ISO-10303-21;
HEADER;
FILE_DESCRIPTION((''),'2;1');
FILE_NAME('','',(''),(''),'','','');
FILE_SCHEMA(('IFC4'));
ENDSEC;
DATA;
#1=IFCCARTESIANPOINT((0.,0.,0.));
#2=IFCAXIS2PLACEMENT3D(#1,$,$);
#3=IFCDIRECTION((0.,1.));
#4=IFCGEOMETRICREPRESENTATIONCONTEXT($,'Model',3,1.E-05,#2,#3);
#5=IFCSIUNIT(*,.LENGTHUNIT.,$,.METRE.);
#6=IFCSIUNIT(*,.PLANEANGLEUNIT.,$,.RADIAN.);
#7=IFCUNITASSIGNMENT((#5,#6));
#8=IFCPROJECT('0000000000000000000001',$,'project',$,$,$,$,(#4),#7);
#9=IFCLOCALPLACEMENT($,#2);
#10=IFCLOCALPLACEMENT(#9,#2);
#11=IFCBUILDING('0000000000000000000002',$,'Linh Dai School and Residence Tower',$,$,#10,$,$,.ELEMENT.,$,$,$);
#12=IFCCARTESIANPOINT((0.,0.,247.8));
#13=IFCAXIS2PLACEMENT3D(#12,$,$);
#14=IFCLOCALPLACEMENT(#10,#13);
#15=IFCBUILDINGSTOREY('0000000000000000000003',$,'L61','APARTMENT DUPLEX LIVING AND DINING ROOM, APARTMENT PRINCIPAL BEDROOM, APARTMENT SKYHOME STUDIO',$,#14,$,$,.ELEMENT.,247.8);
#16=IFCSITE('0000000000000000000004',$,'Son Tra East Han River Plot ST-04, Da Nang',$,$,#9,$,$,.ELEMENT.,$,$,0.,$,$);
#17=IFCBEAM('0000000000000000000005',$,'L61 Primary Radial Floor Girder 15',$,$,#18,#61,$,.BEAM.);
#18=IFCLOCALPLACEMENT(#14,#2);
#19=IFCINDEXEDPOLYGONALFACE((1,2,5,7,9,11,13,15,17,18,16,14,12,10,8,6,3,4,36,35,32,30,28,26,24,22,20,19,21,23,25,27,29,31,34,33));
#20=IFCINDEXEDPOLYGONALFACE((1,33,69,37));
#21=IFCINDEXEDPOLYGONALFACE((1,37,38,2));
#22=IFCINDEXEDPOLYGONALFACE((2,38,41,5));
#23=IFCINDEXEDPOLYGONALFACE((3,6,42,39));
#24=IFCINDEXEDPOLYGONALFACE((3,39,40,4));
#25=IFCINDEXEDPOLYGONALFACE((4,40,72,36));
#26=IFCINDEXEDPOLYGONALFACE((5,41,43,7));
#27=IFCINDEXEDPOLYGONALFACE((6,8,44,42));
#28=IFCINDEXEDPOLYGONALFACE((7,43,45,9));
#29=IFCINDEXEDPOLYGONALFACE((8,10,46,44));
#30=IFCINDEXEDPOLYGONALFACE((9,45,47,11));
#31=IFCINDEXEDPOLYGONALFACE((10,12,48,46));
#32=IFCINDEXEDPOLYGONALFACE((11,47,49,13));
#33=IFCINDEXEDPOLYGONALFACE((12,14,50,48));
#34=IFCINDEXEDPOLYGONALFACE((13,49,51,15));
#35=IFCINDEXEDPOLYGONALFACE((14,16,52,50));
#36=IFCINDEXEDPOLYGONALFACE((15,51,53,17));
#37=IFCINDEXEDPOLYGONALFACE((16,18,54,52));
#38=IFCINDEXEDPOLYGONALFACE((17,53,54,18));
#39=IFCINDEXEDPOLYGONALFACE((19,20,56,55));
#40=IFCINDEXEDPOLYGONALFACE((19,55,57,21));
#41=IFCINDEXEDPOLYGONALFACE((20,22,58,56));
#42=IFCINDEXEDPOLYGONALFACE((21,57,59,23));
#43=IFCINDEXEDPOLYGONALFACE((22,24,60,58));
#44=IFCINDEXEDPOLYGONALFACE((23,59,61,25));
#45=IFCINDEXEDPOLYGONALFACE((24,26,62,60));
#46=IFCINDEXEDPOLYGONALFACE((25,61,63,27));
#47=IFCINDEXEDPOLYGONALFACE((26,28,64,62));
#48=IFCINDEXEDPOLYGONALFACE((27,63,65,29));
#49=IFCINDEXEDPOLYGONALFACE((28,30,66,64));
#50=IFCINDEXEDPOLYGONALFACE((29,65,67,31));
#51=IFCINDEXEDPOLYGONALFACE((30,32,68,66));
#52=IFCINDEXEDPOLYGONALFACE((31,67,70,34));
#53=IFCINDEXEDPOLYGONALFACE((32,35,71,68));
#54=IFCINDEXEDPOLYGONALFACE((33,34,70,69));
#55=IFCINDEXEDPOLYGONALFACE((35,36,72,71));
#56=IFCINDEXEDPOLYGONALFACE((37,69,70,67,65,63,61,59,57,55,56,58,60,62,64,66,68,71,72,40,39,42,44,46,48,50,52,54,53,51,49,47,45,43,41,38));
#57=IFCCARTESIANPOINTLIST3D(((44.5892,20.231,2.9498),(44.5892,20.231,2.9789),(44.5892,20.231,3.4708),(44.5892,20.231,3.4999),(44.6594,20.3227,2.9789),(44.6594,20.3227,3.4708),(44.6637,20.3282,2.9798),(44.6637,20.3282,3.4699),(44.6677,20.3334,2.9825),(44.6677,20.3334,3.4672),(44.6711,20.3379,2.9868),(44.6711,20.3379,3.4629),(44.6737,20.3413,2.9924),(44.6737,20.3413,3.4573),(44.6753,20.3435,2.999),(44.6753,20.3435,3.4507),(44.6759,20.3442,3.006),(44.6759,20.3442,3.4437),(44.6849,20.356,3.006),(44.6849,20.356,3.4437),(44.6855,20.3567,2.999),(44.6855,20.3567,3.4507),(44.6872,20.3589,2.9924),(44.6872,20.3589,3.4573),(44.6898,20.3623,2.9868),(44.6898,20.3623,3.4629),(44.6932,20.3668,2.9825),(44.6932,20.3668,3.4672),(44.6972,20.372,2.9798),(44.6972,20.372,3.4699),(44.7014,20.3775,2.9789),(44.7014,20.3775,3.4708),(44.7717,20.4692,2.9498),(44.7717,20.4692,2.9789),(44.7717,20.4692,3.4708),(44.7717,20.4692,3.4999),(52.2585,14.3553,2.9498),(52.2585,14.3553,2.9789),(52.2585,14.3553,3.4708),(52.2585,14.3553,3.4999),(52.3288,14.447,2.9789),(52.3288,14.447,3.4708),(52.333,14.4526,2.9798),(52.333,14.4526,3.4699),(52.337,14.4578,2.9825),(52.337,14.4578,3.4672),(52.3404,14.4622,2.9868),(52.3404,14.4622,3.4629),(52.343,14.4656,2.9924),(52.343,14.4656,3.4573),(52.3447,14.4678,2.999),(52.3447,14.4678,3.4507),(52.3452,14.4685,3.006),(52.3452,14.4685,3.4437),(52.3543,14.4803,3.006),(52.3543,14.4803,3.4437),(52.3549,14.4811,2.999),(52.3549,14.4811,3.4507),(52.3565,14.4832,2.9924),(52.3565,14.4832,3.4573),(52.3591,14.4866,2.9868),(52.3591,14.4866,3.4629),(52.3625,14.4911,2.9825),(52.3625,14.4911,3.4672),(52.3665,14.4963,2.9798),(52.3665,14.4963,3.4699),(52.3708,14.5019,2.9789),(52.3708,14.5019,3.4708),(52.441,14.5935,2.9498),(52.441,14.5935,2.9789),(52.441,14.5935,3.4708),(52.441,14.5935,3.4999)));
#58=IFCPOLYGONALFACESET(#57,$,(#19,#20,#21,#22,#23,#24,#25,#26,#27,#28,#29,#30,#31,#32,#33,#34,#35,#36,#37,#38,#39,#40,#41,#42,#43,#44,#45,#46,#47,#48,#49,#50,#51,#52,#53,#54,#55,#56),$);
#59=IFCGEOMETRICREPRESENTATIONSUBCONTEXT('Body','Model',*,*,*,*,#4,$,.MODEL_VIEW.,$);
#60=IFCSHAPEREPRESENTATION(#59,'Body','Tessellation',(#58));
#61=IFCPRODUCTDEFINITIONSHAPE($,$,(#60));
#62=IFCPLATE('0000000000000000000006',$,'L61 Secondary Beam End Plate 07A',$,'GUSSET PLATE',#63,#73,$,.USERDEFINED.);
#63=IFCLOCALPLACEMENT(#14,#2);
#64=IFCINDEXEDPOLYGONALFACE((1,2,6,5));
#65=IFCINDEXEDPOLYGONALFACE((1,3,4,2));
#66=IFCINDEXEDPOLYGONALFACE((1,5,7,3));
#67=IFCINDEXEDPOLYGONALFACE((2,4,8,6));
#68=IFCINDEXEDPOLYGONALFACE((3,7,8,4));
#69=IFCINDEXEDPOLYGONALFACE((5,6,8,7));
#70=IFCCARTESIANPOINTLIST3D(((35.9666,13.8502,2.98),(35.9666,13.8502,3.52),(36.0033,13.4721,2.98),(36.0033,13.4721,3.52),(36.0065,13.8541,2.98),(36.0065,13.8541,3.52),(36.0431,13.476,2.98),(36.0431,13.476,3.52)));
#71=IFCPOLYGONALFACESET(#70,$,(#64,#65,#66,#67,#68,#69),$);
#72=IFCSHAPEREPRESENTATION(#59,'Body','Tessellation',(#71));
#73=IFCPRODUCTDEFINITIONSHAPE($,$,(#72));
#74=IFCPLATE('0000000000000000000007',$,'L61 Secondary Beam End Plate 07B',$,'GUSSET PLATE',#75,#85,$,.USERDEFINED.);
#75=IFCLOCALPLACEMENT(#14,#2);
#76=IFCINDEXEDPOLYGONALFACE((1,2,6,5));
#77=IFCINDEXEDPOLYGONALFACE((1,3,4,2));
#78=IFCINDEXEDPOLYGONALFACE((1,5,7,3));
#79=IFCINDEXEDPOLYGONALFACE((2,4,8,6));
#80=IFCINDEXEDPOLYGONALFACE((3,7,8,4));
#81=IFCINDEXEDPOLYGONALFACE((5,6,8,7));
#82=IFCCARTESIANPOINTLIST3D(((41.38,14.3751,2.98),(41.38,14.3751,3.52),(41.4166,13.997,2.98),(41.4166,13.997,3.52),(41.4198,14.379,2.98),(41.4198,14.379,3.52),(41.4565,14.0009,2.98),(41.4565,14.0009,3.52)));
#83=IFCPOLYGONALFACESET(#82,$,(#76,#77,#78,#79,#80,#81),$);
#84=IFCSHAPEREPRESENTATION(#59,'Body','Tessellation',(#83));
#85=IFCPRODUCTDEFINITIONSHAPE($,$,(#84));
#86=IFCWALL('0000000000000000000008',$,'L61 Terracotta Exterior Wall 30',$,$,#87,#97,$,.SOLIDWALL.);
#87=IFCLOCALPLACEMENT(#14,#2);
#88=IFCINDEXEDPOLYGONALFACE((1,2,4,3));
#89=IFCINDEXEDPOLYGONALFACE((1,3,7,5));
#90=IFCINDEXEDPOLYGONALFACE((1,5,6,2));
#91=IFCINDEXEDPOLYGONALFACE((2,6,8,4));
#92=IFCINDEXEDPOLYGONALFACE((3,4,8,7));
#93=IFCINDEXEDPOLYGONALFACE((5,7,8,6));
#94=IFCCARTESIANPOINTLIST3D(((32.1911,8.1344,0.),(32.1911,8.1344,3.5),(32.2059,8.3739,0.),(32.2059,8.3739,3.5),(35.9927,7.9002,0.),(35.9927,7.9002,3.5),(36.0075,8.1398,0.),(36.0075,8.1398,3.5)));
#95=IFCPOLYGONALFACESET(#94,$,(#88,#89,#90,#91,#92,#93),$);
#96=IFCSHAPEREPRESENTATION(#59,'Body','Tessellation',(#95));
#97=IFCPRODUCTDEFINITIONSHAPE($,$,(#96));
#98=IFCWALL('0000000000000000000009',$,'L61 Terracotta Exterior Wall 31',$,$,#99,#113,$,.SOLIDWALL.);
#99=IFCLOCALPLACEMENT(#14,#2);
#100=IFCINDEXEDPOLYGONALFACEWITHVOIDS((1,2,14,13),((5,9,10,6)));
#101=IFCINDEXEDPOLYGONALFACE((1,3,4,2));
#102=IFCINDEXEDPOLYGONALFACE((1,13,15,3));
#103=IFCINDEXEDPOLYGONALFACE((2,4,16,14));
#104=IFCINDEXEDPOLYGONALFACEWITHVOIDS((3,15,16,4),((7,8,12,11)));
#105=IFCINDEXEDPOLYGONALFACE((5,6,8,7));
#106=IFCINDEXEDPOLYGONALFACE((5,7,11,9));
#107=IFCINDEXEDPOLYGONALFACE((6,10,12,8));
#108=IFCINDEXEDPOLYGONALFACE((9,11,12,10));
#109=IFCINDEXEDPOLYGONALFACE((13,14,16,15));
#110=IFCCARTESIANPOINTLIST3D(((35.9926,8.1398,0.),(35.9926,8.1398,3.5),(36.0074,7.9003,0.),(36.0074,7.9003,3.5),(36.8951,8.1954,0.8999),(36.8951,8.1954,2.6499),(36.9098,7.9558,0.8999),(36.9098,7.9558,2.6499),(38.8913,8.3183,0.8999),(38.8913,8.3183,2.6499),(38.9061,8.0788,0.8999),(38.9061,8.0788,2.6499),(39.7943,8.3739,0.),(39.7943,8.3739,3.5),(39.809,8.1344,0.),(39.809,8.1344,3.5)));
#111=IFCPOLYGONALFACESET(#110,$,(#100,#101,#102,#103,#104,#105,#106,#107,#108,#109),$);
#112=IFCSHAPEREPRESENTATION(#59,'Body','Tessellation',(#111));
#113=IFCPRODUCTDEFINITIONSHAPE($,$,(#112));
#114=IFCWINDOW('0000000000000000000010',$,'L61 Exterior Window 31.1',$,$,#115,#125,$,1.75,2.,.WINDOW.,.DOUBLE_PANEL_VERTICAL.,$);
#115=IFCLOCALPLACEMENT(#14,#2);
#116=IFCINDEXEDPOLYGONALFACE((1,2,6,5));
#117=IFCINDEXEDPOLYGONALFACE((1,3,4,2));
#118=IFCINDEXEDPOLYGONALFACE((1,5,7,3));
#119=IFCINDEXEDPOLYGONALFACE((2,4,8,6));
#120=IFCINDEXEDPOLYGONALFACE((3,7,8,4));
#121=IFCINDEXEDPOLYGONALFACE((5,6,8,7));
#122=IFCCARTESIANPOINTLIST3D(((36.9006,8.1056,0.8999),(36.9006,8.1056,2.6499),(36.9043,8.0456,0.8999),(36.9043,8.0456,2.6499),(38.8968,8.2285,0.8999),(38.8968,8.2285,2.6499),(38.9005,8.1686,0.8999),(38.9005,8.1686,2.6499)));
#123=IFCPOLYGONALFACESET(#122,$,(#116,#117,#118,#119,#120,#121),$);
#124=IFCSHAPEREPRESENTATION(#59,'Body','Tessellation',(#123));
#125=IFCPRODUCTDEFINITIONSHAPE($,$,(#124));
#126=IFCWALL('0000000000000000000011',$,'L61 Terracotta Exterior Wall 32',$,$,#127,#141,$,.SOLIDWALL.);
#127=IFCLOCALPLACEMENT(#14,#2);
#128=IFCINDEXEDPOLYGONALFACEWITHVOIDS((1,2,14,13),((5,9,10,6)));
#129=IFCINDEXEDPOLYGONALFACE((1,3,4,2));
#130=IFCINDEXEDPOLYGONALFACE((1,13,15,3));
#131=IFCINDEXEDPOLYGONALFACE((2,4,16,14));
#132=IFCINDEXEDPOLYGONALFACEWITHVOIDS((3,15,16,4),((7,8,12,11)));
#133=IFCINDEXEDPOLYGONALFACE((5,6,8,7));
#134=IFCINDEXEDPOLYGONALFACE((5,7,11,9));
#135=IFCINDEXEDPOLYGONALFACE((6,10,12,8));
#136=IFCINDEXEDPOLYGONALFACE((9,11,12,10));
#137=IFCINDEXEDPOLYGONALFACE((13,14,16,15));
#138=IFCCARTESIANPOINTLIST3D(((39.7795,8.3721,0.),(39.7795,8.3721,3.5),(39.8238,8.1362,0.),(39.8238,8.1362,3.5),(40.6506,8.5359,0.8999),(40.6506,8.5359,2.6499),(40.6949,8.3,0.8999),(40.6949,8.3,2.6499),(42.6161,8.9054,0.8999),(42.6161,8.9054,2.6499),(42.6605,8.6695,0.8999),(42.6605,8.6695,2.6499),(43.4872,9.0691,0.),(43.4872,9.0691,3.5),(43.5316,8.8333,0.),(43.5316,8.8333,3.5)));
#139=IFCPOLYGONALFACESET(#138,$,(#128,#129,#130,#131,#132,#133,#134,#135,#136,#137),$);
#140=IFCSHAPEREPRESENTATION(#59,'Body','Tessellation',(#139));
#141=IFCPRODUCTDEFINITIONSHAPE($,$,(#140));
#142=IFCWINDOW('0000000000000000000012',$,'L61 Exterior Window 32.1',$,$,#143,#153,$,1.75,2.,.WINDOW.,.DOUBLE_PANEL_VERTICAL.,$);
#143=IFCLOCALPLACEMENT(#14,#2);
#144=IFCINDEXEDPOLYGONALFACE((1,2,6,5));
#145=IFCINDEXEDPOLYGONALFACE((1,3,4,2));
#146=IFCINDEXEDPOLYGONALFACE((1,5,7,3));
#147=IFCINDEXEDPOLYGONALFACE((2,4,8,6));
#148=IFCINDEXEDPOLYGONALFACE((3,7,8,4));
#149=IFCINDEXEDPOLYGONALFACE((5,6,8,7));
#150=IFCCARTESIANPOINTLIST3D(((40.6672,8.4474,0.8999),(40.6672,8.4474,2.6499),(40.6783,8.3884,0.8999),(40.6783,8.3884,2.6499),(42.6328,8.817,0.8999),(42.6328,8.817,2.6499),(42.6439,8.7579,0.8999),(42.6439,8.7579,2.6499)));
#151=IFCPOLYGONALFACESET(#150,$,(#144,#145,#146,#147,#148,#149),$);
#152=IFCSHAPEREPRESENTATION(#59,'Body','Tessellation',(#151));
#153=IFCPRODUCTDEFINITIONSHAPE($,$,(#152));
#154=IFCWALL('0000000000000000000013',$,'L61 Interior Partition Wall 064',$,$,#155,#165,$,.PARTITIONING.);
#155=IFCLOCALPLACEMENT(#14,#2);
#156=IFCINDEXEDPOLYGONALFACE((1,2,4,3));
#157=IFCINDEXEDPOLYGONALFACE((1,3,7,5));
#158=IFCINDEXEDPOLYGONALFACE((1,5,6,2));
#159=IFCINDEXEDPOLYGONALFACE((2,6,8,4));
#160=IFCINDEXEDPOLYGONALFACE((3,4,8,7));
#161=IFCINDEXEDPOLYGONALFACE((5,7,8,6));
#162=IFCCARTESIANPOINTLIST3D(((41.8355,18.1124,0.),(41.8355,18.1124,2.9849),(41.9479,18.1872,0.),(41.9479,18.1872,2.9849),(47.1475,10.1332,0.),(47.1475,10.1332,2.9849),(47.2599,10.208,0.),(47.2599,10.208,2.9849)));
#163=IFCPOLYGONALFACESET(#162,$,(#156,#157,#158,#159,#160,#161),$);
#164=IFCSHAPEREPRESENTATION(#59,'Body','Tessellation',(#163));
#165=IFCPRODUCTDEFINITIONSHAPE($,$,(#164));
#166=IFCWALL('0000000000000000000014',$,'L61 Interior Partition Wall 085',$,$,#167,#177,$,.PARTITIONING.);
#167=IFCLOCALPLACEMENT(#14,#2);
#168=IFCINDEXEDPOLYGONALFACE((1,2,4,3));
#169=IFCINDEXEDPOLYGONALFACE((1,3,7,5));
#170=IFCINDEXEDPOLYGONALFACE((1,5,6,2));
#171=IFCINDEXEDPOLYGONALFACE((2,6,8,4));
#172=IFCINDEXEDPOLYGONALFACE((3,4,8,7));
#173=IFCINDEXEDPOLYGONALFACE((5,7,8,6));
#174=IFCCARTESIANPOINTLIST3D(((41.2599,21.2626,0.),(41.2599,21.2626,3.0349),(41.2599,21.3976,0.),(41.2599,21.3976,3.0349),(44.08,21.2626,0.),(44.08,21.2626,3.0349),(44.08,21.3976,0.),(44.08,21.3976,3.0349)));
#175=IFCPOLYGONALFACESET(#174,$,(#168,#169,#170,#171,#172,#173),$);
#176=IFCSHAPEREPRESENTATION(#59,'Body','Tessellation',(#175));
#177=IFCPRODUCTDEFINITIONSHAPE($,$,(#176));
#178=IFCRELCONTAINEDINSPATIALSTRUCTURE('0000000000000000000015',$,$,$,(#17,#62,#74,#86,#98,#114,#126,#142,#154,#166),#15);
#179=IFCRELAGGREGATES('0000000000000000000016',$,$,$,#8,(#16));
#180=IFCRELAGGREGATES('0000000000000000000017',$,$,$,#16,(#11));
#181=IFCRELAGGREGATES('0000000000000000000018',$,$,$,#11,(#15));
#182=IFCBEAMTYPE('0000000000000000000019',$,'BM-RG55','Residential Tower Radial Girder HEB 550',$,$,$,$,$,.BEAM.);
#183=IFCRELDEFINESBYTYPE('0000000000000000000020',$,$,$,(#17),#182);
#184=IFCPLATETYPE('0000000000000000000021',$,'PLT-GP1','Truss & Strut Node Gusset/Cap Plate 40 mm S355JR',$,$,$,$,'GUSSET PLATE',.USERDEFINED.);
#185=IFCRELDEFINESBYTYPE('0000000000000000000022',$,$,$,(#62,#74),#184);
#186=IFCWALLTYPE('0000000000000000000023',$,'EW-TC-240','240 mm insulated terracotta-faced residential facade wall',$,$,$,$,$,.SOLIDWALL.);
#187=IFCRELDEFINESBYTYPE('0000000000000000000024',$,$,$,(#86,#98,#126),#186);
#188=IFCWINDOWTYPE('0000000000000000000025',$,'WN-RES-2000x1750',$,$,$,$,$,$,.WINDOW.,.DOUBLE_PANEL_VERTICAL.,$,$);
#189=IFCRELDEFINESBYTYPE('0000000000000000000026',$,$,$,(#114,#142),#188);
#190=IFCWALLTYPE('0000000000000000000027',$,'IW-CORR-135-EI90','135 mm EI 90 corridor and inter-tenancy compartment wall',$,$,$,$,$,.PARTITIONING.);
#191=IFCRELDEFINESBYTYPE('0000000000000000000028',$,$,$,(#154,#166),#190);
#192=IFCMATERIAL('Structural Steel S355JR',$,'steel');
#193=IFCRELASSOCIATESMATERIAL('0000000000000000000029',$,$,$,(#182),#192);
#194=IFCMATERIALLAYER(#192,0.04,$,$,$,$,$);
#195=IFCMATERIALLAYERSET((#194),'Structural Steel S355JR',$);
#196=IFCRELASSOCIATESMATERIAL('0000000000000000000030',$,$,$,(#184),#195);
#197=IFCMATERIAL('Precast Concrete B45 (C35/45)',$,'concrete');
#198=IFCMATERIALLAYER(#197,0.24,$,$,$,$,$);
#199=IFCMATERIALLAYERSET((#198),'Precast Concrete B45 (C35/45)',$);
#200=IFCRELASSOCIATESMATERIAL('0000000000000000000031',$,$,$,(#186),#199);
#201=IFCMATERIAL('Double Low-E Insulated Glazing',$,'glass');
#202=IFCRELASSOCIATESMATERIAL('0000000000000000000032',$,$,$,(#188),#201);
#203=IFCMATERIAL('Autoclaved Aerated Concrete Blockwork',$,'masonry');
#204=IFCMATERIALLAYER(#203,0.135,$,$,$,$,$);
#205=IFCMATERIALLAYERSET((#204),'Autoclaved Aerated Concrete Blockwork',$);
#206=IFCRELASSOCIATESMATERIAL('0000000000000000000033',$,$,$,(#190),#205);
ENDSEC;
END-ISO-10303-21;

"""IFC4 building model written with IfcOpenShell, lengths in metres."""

from ifc_helpers import new_model, si_unit, direction, frame, frame_2d, origin, origin_2d, place, context, subcontext, project, spatial, rectangle, i_section, extrude, source, transform, mapped, material, layer, layer_set, material_profile, profile_set, type_object, element, fill, save


model = new_model("IFC4")

# Units and contexts
model_context = context("Model", 3, precision=1e-05, world=origin(), true_north=direction((0.0, 1.0)))
body_context = subcontext(model_context, "Body", "Model", "MODEL_VIEW")
ifc_project = project(units=[si_unit("LENGTHUNIT", "METRE"), si_unit("PLANEANGLEUNIT", "RADIAN")], contexts=[model_context])

# Site, building, storey
site_placement = place(None, origin())
site = spatial("IfcSite", under=ifc_project, at=site_placement, Name="Son Tra East Han River Plot ST-04, Da Nang", CompositionType="ELEMENT", RefElevation=0.0)
building_placement = place(site_placement, origin())
building = spatial("IfcBuilding", under=site, at=building_placement, Name="Linh Dai School and Residence Tower", CompositionType="ELEMENT")
storey_placement = place(building_placement, frame((0.0, 0.0, 247.8)))
storey = spatial("IfcBuildingStorey", under=building, at=storey_placement, Name="L61", Description="APARTMENT DUPLEX LIVING AND DINING ROOM, APARTMENT PRINCIPAL BEDROOM, APARTMENT SKYHOME STUDIO", CompositionType="ELEMENT", Elevation=247.8)

# Shared definitions
ifc_material_1 = material(Name="Structural Steel S355JR", Category="steel")

# Beam
ifc_material_profile_1 = material_profile(ifc_material_1, i_section(OverallWidth=0.3, OverallDepth=0.55, WebThickness=0.0149, FlangeThickness=0.0291, FilletRadius=0.0271, at=origin_2d()), Name="HEB 550")
ifc_profile_set_1 = profile_set([ifc_material_profile_1], Name="Structural Steel S355JR")
beam_type_1 = type_object("IfcBeamType", Name="BM-RG55", Description="Residential Tower Radial Girder HEB 550", PredefinedType="BEAM", material=ifc_profile_set_1)
beam_1_placement = place(storey_placement, frame((44.6804, 20.3501, 3.2249), z_axis=(0.793815, -0.60816, 0.0), x_axis=(0.60816, 0.793815, 0.0)))
element("IfcBeam", 1, at=beam_1_placement, inside=storey, type_object=beam_type_1, Name="L61 Primary Radial Floor Girder 15", PredefinedType="BEAM", context=body_context, shape_type="SweptSolid", body=[
    extrude(i_section(OverallWidth=0.3, OverallDepth=0.55, WebThickness=0.0149, FlangeThickness=0.0291, FilletRadius=0.0271, at=origin_2d()), origin(), (0.0, 0.0, 1.0), 9.6614),
])

# Plates
ifc_layer_1 = layer(ifc_material_1, 0.04)
ifc_layer_set_1 = layer_set([ifc_layer_1], Name="Structural Steel S355JR")
plate_type = type_object("IfcPlateType", Name="PLT-GP1", Description="Truss & Strut Node Gusset/Cap Plate 40 mm S355JR", ElementType="GUSSET PLATE", PredefinedType="USERDEFINED", material=ifc_layer_set_1)
shared_shape_1 = source(origin(), body_context, "Body", "SweptSolid", [
    extrude(rectangle(XDim=0.04, YDim=0.3799, at=origin_2d()), origin(), (0.0, 0.0, 1.0), 0.54),
])
for number, where, z_axis, x_axis, name in (
    (2, (36.0049, 13.6631, 2.98), (0.0, 0.0, 1.0), (0.995333, 0.096497, 0.0), "L61 Secondary Beam End Plate 07A"),
    (3, (41.4182, 14.188, 2.98), (0.0, 0.0, 1.0), (0.995333, 0.096497, 0.0), "L61 Secondary Beam End Plate 07B"),
):
    element("IfcPlate", number, at=place(storey_placement, frame(where, z_axis=z_axis, x_axis=x_axis)), inside=storey, type_object=plate_type, Name=name, ObjectType="GUSSET PLATE", PredefinedType="USERDEFINED", context=body_context, shape_type="MappedRepresentation", body=[
        mapped(shared_shape_1, transform((0.0, 0.0, 0.0), x_axis=(1.0, 0.0, 0.0), y_axis=(0.0, 1.0, 0.0), z_axis=(0.0, 0.0, 1.0), scale=1.0)),
    ])

# Wall
ifc_material_2 = material(Name="Precast Concrete B45 (C35/45)", Category="concrete")
ifc_layer_2 = layer(ifc_material_2, 0.24)
ifc_layer_set_2 = layer_set([ifc_layer_2], Name="Precast Concrete B45 (C35/45)")
wall_type_1 = type_object("IfcWallType", Name="EW-TC-240", Description="240 mm insulated terracotta-faced residential facade wall", PredefinedType="SOLIDWALL", material=ifc_layer_set_2)
wall_1_placement = place(storey_placement, frame((36.0, 8.02, 0.0), z_axis=(0.0, 0.0, 1.0), x_axis=(-0.998109, 0.061472, 0.0)))
element("IfcWall", 4, at=wall_1_placement, inside=storey, type_object=wall_type_1, Name="L61 Terracotta Exterior Wall 30", PredefinedType="SOLIDWALL", context=body_context, shape_type="SweptSolid", body=[
    extrude(rectangle(XDim=3.8088, YDim=0.24, at=frame_2d((1.9043, 0.0))), origin(), (0.0, 0.0, 1.0), 3.5),
])

# Walls, openings, windows
wall_2_placement = place(storey_placement, frame((39.8015, 8.2542, 0.0), z_axis=(0.0, 0.0, 1.0), x_axis=(-0.998109, -0.061472, 0.0)))
wall_2 = element("IfcWall", 5, at=wall_2_placement, inside=storey, type_object=wall_type_1, Name="L61 Terracotta Exterior Wall 31", PredefinedType="SOLIDWALL", context=body_context, shape_type="SweptSolid", body=[
    extrude(rectangle(XDim=3.8088, YDim=0.24, at=frame_2d((1.9043, 0.0))), origin(), (0.0, 0.0, 1.0), 3.5),
])
opening_1_placement = place(wall_2_placement, frame((0.9045, 0.0, 0.8999)))
opening_1 = element("IfcOpeningElement", 6, at=opening_1_placement, cuts=wall_2, PredefinedType="OPENING", context=body_context, shape_type="SweptSolid", body=[
    extrude(rectangle(XDim=2.0, YDim=1.75, at=origin_2d()), frame((1.0, 0.1299, 0.875), z_axis=(0.0, -1.0, 0.0), x_axis=(1.0, 0.0, 0.0)), (0.0, 0.0, 1.0), 0.26),
])
ifc_material_3 = material(Name="Double Low-E Insulated Glazing", Category="glass")
window_type = type_object("IfcWindowType", Name="WN-RES-2000x1750", PartitioningType="DOUBLE_PANEL_VERTICAL", PredefinedType="WINDOW", material=ifc_material_3)
shared_shape_2 = source(origin(), body_context, "Body", "SweptSolid", [
    extrude(rectangle(XDim=2.0, YDim=1.75, at=origin_2d()), frame((1.0, 0.03, 0.875), z_axis=(0.0, -1.0, 0.0), x_axis=(1.0, 0.0, 0.0)), (0.0, 0.0, 1.0), 0.0601),
])
window_1_placement = place(opening_1_placement, origin())
window_1 = element("IfcWindow", 7, at=window_1_placement, inside=storey, type_object=window_type, Name="L61 Exterior Window 31.1", OverallHeight=1.75, OverallWidth=2.0, PartitioningType="DOUBLE_PANEL_VERTICAL", PredefinedType="WINDOW", context=body_context, shape_type="MappedRepresentation", body=[
    mapped(shared_shape_2, transform((0.0, 0.0, 0.0), x_axis=(1.0, 0.0, 0.0), y_axis=(0.0, 1.0, 0.0), z_axis=(0.0, 0.0, 1.0), scale=1.0)),
])
fill(opening_1, window_1)
wall_3_placement = place(storey_placement, frame((43.5093, 8.9512, 0.0), z_axis=(0.0, 0.0, 1.0), x_axis=(-0.982785, -0.184753, 0.0)))
wall_3 = element("IfcWall", 8, at=wall_3_placement, inside=storey, type_object=wall_type_1, Name="L61 Terracotta Exterior Wall 32", PredefinedType="SOLIDWALL", context=body_context, shape_type="SweptSolid", body=[
    extrude(rectangle(XDim=3.7727, YDim=0.24, at=frame_2d((1.8862, 0.0))), origin(), (0.0, 0.0, 1.0), 3.5),
])
opening_2_placement = place(wall_3_placement, frame((0.8862, 0.0, 0.8999)))
opening_2 = element("IfcOpeningElement", 9, at=opening_2_placement, cuts=wall_3, PredefinedType="OPENING", context=body_context, shape_type="SweptSolid", body=[
    extrude(rectangle(XDim=2.0, YDim=1.75, at=origin_2d()), frame((1.0, 0.1299, 0.875), z_axis=(0.0, -1.0, 0.0), x_axis=(1.0, 0.0, 0.0)), (0.0, 0.0, 1.0), 0.26),
])
window_2_placement = place(opening_2_placement, origin())
window_2 = element("IfcWindow", 10, at=window_2_placement, inside=storey, type_object=window_type, Name="L61 Exterior Window 32.1", OverallHeight=1.75, OverallWidth=2.0, PartitioningType="DOUBLE_PANEL_VERTICAL", PredefinedType="WINDOW", context=body_context, shape_type="MappedRepresentation", body=[
    mapped(shared_shape_2, transform((0.0, 0.0, 0.0), x_axis=(1.0, 0.0, 0.0), y_axis=(0.0, 1.0, 0.0), z_axis=(0.0, 0.0, 1.0), scale=1.0)),
])
fill(opening_2, window_2)

# Walls
ifc_material_4 = material(Name="Autoclaved Aerated Concrete Blockwork", Category="masonry")
ifc_layer_3 = layer(ifc_material_4, 0.135)
ifc_layer_set_3 = layer_set([ifc_layer_3], Name="Autoclaved Aerated Concrete Blockwork")
wall_type_2 = type_object("IfcWallType", Name="IW-CORR-135-EI90", Description="135 mm EI 90 corridor and inter-tenancy compartment wall", PredefinedType="PARTITIONING", material=ifc_layer_set_3)
wall_4_placement = place(storey_placement, frame((41.8916, 18.1499, 0.0), z_axis=(0.0, 0.0, 1.0), x_axis=(0.554159, -0.832411, 0.0)))
element("IfcWall", 11, at=wall_4_placement, inside=storey, type_object=wall_type_2, Name="L61 Interior Partition Wall 064", PredefinedType="PARTITIONING", context=body_context, shape_type="SweptSolid", body=[
    extrude(rectangle(XDim=9.5857, YDim=0.135, at=frame_2d((4.793, 0.0))), origin(), (0.0, 0.0, 1.0), 2.9849),
])
wall_5_placement = place(storey_placement, frame((44.0801, 21.3301, 0.0), z_axis=(0.0, 0.0, 1.0), x_axis=(-1.0, 0.0, 0.0)))
element("IfcWall", 12, at=wall_5_placement, inside=storey, type_object=wall_type_2, Name="L61 Interior Partition Wall 085", PredefinedType="PARTITIONING", context=body_context, shape_type="SweptSolid", body=[
    extrude(rectangle(XDim=2.8201, YDim=0.135, at=frame_2d((1.4102, 0.0))), origin(), (0.0, 0.0, 1.0), 3.0349),
])

save(model, "model.ifc")
